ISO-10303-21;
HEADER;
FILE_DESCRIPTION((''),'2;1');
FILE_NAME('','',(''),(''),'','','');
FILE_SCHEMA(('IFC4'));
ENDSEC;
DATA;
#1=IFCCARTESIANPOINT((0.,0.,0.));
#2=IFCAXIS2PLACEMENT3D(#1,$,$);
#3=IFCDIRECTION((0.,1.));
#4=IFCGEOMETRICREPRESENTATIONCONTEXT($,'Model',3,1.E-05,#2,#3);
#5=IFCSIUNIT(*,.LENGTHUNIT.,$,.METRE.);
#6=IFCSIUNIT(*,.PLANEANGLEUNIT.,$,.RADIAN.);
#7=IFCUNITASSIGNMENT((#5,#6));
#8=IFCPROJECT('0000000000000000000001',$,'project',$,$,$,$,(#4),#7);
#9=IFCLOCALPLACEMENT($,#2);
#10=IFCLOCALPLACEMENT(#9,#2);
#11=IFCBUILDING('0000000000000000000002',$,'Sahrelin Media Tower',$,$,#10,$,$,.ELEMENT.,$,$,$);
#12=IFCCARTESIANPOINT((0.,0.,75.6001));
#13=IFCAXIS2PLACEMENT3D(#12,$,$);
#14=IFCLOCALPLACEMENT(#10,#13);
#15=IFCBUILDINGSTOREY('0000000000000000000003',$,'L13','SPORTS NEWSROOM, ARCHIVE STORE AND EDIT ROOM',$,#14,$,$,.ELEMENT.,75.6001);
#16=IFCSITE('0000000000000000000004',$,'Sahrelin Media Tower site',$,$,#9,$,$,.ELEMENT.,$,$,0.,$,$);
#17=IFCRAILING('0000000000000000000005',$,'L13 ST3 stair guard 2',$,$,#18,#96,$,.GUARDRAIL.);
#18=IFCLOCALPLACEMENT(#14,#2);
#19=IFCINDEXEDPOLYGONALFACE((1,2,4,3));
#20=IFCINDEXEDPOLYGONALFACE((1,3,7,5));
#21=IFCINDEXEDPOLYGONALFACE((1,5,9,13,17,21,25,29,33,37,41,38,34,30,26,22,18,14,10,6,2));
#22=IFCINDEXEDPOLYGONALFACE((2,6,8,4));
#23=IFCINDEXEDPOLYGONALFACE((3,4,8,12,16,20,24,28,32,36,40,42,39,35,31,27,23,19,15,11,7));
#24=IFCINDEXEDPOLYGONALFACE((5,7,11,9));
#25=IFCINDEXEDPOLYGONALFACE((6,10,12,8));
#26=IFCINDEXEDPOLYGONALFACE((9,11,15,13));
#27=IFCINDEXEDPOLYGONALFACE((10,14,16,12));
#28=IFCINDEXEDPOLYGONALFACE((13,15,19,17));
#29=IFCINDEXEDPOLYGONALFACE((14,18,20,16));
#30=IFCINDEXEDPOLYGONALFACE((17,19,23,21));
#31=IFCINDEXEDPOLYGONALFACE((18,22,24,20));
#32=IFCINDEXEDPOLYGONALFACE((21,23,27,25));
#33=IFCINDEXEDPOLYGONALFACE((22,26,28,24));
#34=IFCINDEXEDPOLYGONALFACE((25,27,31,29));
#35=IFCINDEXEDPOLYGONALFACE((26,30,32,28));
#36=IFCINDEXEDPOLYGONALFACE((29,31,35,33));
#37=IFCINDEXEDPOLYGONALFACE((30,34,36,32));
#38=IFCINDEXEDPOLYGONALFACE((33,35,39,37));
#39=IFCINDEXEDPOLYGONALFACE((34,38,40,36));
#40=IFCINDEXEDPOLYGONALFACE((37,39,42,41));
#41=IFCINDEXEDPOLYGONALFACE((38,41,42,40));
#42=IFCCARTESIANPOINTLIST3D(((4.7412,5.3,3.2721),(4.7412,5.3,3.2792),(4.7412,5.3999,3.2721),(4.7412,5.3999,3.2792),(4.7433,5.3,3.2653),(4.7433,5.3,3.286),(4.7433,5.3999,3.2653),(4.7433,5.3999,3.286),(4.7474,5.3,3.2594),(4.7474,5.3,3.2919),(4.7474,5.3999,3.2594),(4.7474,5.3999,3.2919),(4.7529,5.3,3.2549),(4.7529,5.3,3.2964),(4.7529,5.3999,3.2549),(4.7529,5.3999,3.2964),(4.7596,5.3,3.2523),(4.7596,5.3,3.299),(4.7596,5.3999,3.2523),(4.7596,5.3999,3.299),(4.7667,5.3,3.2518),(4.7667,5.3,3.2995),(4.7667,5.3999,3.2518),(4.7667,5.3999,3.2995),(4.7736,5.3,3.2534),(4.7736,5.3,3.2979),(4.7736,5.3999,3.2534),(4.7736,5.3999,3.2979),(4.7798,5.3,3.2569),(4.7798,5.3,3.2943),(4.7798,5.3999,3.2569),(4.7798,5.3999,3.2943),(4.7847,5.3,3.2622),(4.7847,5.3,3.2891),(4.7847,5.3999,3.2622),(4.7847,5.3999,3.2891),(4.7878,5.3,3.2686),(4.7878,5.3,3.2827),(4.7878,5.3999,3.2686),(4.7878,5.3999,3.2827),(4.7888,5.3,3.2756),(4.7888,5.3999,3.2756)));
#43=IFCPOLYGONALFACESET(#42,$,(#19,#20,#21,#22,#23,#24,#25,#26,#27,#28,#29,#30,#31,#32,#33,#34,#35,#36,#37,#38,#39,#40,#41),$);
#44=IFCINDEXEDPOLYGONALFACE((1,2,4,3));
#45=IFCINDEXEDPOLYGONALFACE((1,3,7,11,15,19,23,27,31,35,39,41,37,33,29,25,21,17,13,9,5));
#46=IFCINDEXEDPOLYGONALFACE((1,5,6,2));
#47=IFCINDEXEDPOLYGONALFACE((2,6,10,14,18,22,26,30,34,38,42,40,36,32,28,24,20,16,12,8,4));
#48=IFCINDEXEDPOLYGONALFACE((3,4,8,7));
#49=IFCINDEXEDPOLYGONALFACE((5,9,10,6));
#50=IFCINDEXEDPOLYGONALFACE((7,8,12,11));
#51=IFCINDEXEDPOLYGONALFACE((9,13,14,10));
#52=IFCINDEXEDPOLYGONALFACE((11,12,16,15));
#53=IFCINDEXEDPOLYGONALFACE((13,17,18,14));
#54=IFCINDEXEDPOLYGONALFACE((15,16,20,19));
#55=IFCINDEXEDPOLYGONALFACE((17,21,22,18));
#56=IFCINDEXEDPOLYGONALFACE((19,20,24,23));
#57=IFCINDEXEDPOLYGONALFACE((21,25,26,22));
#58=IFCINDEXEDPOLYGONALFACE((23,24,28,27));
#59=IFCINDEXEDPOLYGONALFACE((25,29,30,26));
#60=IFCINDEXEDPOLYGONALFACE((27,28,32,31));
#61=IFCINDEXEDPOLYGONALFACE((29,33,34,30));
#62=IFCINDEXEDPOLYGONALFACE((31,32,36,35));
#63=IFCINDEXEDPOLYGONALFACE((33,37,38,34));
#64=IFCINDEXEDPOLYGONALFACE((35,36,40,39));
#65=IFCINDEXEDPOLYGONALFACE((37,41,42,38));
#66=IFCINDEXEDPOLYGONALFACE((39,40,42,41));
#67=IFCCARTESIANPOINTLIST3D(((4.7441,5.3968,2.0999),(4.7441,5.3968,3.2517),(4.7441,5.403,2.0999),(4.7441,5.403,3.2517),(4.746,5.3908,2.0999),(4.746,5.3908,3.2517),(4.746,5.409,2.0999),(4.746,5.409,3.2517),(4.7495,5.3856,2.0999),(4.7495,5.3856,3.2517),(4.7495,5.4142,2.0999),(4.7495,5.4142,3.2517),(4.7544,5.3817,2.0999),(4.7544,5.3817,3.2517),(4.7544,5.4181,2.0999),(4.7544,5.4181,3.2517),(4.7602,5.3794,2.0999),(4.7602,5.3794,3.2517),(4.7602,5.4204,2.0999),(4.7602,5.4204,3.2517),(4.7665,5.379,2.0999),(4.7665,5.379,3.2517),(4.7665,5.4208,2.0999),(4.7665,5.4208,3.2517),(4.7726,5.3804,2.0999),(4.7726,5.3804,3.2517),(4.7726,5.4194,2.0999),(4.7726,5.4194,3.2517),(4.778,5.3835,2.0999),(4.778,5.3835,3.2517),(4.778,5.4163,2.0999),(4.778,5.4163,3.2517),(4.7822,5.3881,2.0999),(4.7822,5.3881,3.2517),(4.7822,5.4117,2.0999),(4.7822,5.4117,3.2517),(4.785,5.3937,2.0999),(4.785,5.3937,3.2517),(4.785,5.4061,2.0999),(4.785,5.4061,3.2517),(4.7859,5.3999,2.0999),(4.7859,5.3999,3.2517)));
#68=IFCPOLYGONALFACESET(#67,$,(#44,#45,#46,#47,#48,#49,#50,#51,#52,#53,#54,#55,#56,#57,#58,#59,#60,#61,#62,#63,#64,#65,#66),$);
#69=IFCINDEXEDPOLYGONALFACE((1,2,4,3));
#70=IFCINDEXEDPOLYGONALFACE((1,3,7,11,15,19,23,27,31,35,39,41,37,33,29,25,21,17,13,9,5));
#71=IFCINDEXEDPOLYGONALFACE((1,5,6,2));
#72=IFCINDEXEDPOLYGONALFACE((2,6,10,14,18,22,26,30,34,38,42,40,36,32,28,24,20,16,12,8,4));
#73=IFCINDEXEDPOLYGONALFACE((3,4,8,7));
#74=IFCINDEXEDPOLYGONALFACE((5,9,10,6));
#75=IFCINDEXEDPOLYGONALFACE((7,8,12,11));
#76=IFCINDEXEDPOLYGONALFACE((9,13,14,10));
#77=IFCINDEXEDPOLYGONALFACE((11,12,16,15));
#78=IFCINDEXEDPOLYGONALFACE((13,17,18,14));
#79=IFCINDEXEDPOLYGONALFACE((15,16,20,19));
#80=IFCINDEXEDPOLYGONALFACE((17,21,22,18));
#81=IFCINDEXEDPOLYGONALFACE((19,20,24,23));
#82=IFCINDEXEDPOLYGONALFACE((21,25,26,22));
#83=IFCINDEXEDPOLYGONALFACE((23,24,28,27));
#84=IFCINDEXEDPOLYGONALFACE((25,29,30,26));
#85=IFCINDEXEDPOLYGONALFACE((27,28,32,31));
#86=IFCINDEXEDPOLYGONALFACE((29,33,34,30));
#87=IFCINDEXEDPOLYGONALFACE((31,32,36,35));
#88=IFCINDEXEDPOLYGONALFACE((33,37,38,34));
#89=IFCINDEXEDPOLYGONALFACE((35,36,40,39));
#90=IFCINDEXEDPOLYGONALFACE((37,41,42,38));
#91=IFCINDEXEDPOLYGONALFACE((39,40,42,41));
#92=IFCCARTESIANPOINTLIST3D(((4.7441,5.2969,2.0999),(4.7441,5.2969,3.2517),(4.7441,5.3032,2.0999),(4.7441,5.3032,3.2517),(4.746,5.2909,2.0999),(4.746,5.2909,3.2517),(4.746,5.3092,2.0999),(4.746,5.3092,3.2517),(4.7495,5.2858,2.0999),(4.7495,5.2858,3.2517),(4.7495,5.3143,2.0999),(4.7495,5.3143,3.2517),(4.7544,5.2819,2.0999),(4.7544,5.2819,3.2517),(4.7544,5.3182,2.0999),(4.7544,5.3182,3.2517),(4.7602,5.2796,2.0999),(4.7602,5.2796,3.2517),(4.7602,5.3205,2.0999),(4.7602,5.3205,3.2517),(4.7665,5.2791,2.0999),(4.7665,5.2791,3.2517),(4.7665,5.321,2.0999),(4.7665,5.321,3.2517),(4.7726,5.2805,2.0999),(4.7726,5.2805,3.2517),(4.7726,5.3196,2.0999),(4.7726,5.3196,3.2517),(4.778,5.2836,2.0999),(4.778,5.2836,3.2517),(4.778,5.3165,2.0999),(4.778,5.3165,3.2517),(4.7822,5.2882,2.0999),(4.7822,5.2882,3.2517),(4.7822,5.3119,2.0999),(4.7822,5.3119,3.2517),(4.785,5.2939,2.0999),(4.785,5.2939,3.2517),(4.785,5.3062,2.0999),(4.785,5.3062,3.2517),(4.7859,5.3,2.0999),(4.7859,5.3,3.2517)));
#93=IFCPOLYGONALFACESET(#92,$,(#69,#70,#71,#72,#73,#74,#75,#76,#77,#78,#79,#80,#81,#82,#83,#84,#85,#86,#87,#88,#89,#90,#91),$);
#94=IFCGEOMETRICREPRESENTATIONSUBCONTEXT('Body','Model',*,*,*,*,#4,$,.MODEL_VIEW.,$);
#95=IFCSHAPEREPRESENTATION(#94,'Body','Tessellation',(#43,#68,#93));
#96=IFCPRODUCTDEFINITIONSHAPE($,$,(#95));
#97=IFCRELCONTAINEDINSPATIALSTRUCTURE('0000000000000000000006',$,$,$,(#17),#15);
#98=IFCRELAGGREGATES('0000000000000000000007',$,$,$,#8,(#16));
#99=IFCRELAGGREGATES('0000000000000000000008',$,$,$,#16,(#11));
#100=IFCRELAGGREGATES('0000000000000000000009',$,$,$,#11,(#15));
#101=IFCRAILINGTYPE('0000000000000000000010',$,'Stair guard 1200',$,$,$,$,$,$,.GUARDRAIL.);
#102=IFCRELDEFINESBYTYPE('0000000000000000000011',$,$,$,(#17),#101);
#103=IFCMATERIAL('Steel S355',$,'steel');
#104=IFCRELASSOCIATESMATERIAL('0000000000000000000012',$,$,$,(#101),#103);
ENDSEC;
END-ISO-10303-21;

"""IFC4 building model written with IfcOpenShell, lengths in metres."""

from ifc_helpers import new_model, si_unit, direction, frame, origin, origin_2d, place, context, subcontext, project, spatial, circle, extrude, material, type_object, element, save


model = new_model("IFC4")

# Units and contexts
model_context = context("Model", 3, precision=1e-05, world=origin(), true_north=direction((0.0, 1.0)))
body_context = subcontext(model_context, "Body", "Model", "MODEL_VIEW")
ifc_project = project(units=[si_unit("LENGTHUNIT", "METRE"), si_unit("PLANEANGLEUNIT", "RADIAN")], contexts=[model_context])

# Site, building, storey
site_placement = place(None, origin())
site = spatial("IfcSite", under=ifc_project, at=site_placement, Name="Sahrelin Media Tower site", CompositionType="ELEMENT", RefElevation=0.0)
building_placement = place(site_placement, origin())
building = spatial("IfcBuilding", under=site, at=building_placement, Name="Sahrelin Media Tower", CompositionType="ELEMENT")
storey_placement = place(building_placement, frame((0.0, 0.0, 75.6001)))
storey = spatial("IfcBuildingStorey", under=building, at=storey_placement, Name="L13", Description="SPORTS NEWSROOM, ARCHIVE STORE AND EDIT ROOM", CompositionType="ELEMENT", Elevation=75.6001)

# Railing
ifc_material_1 = material(Name="Steel S355", Category="steel")
railing_type_1 = type_object("IfcRailingType", Name="Stair guard 1200", PredefinedType="GUARDRAIL", material=ifc_material_1)
railing_1_placement = place(storey_placement, frame((4.7649, 5.3999, 2.0999)))
element("IfcRailing", 1, at=railing_1_placement, inside=storey, type_object=railing_type_1, Name="L13 ST3 stair guard 2", PredefinedType="GUARDRAIL", context=body_context, shape_type="SweptSolid", body=[
    extrude(circle(Radius=0.0239, at=origin_2d()), frame((0.0, 0.0, 1.1758), z_axis=(0.0, -1.0, 0.0), x_axis=(1.0, 0.0, 0.0)), (0.0, 0.0, 1.0), 0.0999),
    extrude(circle(Radius=0.021, at=origin_2d()), origin(), (0.0, 0.0, 1.0), 1.1519),
    extrude(circle(Radius=0.021, at=origin_2d()), frame((0.0, -0.0999, 0.0)), (0.0, 0.0, 1.0), 1.1519),
])

save(model, "model.ifc")
